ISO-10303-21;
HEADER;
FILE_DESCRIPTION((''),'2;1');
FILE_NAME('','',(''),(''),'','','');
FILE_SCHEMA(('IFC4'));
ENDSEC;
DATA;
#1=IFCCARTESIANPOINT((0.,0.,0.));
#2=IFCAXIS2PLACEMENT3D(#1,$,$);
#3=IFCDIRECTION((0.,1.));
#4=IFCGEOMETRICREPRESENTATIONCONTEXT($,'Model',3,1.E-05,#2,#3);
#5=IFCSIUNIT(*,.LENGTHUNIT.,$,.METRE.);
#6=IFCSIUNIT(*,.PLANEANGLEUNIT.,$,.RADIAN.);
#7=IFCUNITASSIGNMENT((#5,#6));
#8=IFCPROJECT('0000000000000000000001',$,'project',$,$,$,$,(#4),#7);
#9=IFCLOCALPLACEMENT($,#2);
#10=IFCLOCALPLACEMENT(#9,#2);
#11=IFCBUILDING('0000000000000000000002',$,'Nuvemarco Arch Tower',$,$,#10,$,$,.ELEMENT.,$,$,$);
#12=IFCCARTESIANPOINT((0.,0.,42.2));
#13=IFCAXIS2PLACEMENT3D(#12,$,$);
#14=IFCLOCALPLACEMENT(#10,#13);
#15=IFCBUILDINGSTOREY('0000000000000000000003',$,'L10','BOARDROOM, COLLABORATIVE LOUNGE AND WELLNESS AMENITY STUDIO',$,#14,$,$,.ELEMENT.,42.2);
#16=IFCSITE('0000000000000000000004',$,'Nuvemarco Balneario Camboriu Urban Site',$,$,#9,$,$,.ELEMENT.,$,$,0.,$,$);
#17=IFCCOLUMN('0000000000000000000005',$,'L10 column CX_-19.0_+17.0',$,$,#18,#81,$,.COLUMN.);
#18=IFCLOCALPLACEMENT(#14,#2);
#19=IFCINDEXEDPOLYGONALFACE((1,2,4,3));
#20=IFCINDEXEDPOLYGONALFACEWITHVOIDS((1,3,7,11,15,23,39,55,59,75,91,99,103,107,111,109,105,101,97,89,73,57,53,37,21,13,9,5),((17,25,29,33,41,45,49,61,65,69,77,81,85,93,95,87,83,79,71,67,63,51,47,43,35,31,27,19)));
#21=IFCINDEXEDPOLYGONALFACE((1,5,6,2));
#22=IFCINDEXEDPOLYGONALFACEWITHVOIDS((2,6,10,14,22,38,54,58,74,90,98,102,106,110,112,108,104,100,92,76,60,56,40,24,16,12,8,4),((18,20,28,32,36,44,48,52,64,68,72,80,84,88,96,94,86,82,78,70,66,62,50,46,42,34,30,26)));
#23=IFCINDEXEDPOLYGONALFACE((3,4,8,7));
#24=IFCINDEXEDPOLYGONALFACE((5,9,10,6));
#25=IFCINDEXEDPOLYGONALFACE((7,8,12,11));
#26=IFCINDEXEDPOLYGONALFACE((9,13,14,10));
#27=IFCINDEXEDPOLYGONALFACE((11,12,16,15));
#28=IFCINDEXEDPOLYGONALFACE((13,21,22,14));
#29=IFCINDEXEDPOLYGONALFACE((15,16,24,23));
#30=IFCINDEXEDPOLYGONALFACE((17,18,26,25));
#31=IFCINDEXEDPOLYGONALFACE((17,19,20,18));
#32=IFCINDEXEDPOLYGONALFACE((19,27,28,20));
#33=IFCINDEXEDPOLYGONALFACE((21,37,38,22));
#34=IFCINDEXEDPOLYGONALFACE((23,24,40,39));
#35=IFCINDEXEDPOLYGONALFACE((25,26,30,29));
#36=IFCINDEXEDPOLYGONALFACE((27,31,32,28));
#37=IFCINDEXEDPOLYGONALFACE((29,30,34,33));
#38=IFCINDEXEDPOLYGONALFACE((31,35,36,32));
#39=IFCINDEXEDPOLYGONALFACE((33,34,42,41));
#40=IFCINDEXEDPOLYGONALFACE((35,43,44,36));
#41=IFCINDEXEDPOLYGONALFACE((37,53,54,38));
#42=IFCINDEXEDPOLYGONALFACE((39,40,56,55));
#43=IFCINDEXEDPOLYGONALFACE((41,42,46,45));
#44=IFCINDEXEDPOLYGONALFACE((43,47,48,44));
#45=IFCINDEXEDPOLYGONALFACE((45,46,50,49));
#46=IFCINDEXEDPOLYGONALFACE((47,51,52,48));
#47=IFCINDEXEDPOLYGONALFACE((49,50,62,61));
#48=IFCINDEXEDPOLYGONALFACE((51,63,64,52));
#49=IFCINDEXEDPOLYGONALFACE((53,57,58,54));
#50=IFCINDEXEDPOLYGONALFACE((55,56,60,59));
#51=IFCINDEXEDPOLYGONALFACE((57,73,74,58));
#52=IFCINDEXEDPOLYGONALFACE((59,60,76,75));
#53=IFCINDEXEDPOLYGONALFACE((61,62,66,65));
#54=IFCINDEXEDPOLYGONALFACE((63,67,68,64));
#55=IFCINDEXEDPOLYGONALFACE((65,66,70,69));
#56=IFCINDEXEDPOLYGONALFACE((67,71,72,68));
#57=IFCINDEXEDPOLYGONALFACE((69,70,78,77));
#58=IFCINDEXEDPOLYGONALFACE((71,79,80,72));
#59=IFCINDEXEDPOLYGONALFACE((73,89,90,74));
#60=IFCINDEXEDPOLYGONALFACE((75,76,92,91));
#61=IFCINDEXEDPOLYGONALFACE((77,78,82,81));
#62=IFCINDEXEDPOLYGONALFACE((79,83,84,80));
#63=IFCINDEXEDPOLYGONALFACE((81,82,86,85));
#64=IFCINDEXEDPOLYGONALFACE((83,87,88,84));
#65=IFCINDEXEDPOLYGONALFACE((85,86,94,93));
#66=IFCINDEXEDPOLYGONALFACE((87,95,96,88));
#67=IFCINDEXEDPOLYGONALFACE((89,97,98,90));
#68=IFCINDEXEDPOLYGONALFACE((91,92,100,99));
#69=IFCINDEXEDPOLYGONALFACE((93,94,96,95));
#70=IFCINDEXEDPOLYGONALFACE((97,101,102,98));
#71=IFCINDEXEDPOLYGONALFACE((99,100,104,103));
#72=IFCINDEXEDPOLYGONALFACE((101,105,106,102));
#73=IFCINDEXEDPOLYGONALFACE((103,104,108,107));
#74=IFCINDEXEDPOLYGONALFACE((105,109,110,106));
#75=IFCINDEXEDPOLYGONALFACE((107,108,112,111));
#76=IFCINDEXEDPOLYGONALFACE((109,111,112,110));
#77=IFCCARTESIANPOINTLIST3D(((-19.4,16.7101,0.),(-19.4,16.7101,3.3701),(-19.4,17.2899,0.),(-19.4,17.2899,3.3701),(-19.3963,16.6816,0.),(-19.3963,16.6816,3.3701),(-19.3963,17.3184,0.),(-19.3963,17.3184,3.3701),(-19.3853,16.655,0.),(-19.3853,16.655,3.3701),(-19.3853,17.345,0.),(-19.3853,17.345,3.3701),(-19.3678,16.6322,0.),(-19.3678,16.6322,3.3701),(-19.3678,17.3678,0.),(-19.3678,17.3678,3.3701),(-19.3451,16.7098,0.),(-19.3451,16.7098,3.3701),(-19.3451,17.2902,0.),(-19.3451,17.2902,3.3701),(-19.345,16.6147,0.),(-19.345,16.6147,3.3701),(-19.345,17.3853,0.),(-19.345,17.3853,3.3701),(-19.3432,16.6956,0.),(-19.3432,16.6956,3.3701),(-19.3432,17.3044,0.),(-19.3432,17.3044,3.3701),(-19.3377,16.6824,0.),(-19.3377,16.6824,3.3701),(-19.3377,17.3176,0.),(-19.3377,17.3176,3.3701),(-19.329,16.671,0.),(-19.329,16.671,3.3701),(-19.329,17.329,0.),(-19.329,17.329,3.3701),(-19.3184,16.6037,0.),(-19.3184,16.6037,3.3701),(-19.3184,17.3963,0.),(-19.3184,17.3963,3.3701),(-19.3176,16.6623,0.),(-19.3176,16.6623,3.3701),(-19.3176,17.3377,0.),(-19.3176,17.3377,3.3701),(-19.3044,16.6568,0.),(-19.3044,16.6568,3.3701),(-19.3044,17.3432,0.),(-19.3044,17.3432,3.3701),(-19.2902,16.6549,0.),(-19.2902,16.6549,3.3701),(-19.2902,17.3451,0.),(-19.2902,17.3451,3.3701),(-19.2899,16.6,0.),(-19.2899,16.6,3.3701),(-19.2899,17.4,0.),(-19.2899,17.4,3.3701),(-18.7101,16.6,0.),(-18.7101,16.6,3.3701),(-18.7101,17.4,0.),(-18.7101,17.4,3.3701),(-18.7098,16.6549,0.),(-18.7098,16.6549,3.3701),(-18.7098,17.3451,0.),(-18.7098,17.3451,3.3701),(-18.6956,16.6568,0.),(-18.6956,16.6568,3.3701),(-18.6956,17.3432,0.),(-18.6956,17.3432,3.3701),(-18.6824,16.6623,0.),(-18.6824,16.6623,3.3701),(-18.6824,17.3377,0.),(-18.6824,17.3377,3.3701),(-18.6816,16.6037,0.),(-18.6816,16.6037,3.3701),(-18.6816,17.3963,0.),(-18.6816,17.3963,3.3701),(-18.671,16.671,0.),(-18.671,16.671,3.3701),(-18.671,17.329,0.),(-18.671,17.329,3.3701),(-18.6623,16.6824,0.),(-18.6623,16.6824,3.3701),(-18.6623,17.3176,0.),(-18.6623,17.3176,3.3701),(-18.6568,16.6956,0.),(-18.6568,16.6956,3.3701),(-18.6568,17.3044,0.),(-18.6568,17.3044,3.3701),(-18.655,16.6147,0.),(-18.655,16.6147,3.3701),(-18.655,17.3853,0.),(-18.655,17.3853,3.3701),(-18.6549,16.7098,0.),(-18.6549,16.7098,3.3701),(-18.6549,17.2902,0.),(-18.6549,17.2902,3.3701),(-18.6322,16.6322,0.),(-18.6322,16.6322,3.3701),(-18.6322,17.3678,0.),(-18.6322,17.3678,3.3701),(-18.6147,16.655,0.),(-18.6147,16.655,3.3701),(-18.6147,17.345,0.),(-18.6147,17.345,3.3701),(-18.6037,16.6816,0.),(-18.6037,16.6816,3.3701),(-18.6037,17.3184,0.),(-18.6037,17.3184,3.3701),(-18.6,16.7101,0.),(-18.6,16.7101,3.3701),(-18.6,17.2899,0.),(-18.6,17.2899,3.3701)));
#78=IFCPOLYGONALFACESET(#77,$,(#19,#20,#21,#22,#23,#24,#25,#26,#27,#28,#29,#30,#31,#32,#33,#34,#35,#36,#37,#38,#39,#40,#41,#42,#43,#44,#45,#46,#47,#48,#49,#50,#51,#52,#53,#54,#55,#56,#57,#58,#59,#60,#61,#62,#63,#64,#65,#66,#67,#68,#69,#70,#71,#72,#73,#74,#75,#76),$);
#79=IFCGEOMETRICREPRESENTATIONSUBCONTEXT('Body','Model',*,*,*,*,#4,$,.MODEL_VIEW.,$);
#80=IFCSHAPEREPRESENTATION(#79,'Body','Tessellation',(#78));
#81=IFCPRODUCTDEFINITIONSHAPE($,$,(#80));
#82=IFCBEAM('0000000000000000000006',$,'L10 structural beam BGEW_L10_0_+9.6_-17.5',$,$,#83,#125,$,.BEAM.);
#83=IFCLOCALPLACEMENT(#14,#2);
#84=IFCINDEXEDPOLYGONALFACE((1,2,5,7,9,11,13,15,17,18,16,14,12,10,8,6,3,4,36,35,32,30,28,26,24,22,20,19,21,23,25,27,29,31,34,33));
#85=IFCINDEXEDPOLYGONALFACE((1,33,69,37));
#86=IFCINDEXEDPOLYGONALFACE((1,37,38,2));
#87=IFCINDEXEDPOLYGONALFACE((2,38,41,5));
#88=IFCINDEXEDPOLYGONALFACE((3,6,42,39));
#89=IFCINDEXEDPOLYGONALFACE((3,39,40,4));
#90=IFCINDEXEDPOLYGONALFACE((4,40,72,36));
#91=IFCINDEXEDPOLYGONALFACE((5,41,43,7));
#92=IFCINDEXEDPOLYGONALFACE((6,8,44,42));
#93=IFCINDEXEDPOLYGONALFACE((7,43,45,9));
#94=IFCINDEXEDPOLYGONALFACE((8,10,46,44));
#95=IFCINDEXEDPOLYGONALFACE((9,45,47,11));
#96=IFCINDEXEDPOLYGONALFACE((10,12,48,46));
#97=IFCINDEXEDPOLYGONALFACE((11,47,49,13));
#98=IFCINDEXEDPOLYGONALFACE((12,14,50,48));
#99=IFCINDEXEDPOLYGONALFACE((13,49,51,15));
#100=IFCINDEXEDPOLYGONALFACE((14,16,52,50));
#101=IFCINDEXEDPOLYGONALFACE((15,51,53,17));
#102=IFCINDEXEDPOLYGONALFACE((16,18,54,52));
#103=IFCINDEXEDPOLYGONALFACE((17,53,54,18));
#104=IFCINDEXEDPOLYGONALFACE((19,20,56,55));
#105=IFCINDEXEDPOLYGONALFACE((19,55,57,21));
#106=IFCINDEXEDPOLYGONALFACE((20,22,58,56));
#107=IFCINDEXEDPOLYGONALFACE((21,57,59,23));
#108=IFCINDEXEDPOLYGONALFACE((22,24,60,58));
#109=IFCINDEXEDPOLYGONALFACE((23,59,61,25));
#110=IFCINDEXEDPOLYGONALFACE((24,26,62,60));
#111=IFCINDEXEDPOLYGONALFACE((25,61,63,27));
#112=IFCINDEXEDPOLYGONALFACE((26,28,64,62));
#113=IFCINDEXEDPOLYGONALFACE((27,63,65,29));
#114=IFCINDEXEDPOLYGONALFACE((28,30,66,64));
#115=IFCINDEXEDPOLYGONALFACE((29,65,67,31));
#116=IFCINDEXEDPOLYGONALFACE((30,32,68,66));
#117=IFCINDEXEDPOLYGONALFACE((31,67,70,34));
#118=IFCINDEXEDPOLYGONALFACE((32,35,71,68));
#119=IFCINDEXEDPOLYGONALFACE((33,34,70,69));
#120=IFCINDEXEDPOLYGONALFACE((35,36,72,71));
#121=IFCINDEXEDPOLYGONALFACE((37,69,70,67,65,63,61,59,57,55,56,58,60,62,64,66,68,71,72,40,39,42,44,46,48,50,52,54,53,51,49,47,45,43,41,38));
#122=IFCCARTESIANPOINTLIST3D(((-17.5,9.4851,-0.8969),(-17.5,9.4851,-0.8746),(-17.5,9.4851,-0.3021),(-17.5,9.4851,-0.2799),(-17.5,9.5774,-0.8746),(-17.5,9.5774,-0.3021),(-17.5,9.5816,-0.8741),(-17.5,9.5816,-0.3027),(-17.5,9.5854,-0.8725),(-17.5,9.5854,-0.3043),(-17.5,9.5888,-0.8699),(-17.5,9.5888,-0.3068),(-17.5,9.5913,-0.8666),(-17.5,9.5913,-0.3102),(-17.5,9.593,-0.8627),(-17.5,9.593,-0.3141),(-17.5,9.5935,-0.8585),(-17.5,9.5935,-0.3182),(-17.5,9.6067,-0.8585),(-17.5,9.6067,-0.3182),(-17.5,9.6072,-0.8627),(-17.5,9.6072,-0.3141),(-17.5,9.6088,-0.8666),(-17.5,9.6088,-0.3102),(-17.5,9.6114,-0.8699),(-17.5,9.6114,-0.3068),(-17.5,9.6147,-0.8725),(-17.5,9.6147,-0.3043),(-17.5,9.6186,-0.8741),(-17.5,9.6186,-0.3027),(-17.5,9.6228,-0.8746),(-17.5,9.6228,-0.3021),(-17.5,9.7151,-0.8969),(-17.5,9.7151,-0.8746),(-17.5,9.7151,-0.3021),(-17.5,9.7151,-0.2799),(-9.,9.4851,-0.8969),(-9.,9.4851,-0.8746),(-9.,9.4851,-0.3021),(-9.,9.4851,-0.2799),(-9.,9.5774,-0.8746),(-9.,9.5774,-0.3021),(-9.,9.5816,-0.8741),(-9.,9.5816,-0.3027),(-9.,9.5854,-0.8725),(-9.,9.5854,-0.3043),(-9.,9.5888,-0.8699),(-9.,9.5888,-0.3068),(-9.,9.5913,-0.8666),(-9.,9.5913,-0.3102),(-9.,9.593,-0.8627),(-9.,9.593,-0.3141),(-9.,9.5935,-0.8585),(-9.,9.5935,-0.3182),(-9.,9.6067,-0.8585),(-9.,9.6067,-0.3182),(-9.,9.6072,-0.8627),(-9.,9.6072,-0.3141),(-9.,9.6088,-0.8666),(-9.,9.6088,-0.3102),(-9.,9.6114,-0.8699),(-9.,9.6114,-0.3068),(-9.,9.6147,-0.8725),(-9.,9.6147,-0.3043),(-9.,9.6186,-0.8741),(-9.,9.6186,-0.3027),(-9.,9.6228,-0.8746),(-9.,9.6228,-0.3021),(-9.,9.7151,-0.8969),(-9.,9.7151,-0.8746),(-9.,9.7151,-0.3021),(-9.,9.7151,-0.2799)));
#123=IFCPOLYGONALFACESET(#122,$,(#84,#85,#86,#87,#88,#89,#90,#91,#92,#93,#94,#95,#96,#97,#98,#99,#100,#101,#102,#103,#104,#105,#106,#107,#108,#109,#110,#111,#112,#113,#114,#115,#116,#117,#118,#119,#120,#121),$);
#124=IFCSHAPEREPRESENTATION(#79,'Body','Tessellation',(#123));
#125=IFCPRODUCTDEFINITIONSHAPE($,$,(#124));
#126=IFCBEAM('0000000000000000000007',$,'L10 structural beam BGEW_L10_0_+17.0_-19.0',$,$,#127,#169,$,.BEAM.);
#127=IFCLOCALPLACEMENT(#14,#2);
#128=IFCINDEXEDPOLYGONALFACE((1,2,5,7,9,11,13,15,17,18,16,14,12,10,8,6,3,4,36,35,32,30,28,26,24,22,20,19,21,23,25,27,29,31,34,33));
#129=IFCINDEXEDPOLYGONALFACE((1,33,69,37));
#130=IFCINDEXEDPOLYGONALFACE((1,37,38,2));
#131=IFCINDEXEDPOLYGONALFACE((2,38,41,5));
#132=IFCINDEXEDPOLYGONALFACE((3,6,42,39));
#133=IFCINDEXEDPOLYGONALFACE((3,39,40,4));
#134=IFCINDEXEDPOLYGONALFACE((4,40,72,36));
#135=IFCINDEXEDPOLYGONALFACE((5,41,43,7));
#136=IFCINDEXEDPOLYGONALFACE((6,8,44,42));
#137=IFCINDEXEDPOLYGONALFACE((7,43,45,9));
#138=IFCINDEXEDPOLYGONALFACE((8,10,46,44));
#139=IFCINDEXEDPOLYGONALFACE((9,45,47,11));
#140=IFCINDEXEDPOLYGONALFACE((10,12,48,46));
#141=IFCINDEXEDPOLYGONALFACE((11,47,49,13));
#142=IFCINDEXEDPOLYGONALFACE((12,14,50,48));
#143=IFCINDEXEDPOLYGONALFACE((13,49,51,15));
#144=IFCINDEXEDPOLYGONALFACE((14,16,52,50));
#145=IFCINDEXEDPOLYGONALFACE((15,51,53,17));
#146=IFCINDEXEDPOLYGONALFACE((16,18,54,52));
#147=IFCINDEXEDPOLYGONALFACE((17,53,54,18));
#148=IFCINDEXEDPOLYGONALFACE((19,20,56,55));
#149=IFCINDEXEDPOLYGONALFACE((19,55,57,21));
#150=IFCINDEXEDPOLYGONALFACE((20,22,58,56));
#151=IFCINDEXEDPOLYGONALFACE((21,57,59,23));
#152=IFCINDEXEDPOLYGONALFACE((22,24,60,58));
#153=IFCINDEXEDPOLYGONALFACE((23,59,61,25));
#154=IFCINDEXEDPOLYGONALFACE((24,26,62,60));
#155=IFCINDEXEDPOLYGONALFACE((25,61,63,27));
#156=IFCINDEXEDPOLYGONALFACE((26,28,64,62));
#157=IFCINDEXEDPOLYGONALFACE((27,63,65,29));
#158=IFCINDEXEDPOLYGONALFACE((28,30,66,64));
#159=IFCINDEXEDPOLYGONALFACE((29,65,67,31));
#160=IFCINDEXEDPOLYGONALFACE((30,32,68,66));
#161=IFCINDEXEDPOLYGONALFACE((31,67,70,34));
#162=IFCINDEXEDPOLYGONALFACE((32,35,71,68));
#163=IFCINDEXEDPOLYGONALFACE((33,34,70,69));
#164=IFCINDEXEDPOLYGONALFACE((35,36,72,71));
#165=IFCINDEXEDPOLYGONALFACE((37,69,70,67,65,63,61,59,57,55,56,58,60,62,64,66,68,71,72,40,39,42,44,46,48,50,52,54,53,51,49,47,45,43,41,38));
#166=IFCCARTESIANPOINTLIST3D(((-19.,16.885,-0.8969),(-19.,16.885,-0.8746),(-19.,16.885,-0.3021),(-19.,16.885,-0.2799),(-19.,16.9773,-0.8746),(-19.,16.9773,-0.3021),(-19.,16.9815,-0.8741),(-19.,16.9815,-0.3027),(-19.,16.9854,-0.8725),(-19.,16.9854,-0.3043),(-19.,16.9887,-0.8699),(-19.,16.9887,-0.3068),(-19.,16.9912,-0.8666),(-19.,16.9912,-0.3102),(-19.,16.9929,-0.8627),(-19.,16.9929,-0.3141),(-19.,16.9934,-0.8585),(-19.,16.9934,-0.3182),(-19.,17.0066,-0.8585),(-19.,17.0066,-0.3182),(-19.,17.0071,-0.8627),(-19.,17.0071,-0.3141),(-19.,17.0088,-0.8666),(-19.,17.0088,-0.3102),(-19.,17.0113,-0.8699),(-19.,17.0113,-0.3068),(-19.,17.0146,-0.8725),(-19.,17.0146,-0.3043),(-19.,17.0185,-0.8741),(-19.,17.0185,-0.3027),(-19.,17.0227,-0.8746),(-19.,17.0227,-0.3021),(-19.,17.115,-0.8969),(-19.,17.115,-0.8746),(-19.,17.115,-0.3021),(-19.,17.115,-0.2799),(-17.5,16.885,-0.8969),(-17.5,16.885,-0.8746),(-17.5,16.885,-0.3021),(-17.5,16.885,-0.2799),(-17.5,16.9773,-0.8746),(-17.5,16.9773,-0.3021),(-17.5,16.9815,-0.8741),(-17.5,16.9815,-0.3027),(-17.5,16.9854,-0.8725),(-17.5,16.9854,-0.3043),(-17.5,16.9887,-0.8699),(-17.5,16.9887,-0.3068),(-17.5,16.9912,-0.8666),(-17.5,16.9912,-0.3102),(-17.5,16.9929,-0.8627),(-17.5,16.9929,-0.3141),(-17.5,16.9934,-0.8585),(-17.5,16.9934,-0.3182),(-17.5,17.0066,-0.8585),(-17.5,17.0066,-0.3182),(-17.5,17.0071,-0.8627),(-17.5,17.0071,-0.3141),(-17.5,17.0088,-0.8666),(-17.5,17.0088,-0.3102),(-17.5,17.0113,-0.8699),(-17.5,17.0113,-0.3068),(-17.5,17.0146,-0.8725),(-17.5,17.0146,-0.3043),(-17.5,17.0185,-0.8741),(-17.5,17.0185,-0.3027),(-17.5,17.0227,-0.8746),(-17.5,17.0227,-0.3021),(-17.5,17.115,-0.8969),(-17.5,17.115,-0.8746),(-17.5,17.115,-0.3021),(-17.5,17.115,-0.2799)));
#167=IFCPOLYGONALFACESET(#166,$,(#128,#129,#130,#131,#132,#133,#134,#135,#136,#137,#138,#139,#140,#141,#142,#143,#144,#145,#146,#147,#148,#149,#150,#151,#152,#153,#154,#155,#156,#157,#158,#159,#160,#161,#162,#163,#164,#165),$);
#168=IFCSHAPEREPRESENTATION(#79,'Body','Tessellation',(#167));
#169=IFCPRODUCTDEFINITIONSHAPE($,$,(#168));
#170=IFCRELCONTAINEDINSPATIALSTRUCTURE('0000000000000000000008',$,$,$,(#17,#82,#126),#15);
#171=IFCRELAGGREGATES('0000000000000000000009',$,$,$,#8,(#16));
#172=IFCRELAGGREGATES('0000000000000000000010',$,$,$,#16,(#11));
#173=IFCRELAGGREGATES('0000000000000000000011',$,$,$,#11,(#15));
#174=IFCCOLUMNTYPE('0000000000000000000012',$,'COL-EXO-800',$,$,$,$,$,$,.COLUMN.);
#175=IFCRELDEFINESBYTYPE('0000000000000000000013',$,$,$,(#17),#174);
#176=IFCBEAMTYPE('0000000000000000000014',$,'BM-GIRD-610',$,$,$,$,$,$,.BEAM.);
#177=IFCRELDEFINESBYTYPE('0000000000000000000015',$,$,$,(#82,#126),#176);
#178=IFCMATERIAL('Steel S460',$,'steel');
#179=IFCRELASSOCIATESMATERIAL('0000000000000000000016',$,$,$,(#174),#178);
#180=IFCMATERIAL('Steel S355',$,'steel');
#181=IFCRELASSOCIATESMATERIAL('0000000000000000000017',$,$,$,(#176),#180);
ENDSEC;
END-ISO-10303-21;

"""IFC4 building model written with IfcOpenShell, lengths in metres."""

from ifc_helpers import new_model, si_unit, direction, frame, origin, origin_2d, place, context, subcontext, project, spatial, hollow_rectangle, i_section, extrude, material, material_profile, profile_set, type_object, element, save


model = new_model("IFC4")

# Units and contexts
model_context = context("Model", 3, precision=1e-05, world=origin(), true_north=direction((0.0, 1.0)))
body_context = subcontext(model_context, "Body", "Model", "MODEL_VIEW")
ifc_project = project(units=[si_unit("LENGTHUNIT", "METRE"), si_unit("PLANEANGLEUNIT", "RADIAN")], contexts=[model_context])

# Site, building, storey
site_placement = place(None, origin())
site = spatial("IfcSite", under=ifc_project, at=site_placement, Name="Nuvemarco Balneario Camboriu Urban Site", CompositionType="ELEMENT", RefElevation=0.0)
building_placement = place(site_placement, origin())
building = spatial("IfcBuilding", under=site, at=building_placement, Name="Nuvemarco Arch Tower", CompositionType="ELEMENT")
storey_placement = place(building_placement, frame((0.0, 0.0, 42.2)))
storey = spatial("IfcBuildingStorey", under=building, at=storey_placement, Name="L10", Description="BOARDROOM, COLLABORATIVE LOUNGE AND WELLNESS AMENITY STUDIO", CompositionType="ELEMENT", Elevation=42.2)

# Column
ifc_material_1 = material(Name="Steel S460", Category="steel")
ifc_material_profile_1 = material_profile(ifc_material_1, hollow_rectangle(XDim=0.8, YDim=0.8, WallThickness=0.0549, InnerFilletRadius=0.0549, OuterFilletRadius=0.1101, at=origin_2d()), Name="SHS800x800x55")
ifc_profile_set_1 = profile_set([ifc_material_profile_1], Name="Steel S460")
column_type = type_object("IfcColumnType", Name="COL-EXO-800", PredefinedType="COLUMN", material=ifc_profile_set_1)
column_placement = place(storey_placement, frame((-19.0, 17.0, 0.0), z_axis=(0.0, 0.0, 1.0), x_axis=(1.0, 0.0, 0.0)))
element("IfcColumn", 1, at=column_placement, inside=storey, type_object=column_type, Name="L10 column CX_-19.0_+17.0", PredefinedType="COLUMN", context=body_context, shape_type="SweptSolid", body=[
    extrude(hollow_rectangle(XDim=0.8, YDim=0.8, WallThickness=0.0549, InnerFilletRadius=0.0549, OuterFilletRadius=0.1101, at=origin_2d()), origin(), (0.0, 0.0, 1.0), 3.3701),
])

# Beams
ifc_material_2 = material(Name="Steel S355", Category="steel")
ifc_material_profile_2 = material_profile(ifc_material_2, i_section(OverallWidth=0.23, OverallDepth=0.6169, WebThickness=0.0132, FlangeThickness=0.0222, FilletRadius=0.0161, at=origin_2d()), Name="W610x140")
ifc_profile_set_2 = profile_set([ifc_material_profile_2], Name="Steel S355")
beam_type_1 = type_object("IfcBeamType", Name="BM-GIRD-610", PredefinedType="BEAM", material=ifc_profile_set_2)
beam_1_placement = place(storey_placement, frame((-17.5, 9.6001, -0.5884), z_axis=(1.0, 0.0, 0.0), x_axis=(0.0, 1.0, 0.0)))
element("IfcBeam", 2, at=beam_1_placement, inside=storey, type_object=beam_type_1, Name="L10 structural beam BGEW_L10_0_+9.6_-17.5", PredefinedType="BEAM", context=body_context, shape_type="SweptSolid", body=[
    extrude(i_section(OverallWidth=0.23, OverallDepth=0.6169, WebThickness=0.0132, FlangeThickness=0.0222, FilletRadius=0.0161, at=origin_2d()), origin(), (0.0, 0.0, 1.0), 8.5),
])
beam_2_placement = place(storey_placement, frame((-19.0, 17.0, -0.5884), z_axis=(1.0, 0.0, 0.0), x_axis=(0.0, 1.0, 0.0)))
element("IfcBeam", 3, at=beam_2_placement, inside=storey, type_object=beam_type_1, Name="L10 structural beam BGEW_L10_0_+17.0_-19.0", PredefinedType="BEAM", context=body_context, shape_type="SweptSolid", body=[
    extrude(i_section(OverallWidth=0.23, OverallDepth=0.6169, WebThickness=0.0132, FlangeThickness=0.0222, FilletRadius=0.0161, at=origin_2d()), origin(), (0.0, 0.0, 1.0), 1.5),
])

save(model, "model.ifc")
